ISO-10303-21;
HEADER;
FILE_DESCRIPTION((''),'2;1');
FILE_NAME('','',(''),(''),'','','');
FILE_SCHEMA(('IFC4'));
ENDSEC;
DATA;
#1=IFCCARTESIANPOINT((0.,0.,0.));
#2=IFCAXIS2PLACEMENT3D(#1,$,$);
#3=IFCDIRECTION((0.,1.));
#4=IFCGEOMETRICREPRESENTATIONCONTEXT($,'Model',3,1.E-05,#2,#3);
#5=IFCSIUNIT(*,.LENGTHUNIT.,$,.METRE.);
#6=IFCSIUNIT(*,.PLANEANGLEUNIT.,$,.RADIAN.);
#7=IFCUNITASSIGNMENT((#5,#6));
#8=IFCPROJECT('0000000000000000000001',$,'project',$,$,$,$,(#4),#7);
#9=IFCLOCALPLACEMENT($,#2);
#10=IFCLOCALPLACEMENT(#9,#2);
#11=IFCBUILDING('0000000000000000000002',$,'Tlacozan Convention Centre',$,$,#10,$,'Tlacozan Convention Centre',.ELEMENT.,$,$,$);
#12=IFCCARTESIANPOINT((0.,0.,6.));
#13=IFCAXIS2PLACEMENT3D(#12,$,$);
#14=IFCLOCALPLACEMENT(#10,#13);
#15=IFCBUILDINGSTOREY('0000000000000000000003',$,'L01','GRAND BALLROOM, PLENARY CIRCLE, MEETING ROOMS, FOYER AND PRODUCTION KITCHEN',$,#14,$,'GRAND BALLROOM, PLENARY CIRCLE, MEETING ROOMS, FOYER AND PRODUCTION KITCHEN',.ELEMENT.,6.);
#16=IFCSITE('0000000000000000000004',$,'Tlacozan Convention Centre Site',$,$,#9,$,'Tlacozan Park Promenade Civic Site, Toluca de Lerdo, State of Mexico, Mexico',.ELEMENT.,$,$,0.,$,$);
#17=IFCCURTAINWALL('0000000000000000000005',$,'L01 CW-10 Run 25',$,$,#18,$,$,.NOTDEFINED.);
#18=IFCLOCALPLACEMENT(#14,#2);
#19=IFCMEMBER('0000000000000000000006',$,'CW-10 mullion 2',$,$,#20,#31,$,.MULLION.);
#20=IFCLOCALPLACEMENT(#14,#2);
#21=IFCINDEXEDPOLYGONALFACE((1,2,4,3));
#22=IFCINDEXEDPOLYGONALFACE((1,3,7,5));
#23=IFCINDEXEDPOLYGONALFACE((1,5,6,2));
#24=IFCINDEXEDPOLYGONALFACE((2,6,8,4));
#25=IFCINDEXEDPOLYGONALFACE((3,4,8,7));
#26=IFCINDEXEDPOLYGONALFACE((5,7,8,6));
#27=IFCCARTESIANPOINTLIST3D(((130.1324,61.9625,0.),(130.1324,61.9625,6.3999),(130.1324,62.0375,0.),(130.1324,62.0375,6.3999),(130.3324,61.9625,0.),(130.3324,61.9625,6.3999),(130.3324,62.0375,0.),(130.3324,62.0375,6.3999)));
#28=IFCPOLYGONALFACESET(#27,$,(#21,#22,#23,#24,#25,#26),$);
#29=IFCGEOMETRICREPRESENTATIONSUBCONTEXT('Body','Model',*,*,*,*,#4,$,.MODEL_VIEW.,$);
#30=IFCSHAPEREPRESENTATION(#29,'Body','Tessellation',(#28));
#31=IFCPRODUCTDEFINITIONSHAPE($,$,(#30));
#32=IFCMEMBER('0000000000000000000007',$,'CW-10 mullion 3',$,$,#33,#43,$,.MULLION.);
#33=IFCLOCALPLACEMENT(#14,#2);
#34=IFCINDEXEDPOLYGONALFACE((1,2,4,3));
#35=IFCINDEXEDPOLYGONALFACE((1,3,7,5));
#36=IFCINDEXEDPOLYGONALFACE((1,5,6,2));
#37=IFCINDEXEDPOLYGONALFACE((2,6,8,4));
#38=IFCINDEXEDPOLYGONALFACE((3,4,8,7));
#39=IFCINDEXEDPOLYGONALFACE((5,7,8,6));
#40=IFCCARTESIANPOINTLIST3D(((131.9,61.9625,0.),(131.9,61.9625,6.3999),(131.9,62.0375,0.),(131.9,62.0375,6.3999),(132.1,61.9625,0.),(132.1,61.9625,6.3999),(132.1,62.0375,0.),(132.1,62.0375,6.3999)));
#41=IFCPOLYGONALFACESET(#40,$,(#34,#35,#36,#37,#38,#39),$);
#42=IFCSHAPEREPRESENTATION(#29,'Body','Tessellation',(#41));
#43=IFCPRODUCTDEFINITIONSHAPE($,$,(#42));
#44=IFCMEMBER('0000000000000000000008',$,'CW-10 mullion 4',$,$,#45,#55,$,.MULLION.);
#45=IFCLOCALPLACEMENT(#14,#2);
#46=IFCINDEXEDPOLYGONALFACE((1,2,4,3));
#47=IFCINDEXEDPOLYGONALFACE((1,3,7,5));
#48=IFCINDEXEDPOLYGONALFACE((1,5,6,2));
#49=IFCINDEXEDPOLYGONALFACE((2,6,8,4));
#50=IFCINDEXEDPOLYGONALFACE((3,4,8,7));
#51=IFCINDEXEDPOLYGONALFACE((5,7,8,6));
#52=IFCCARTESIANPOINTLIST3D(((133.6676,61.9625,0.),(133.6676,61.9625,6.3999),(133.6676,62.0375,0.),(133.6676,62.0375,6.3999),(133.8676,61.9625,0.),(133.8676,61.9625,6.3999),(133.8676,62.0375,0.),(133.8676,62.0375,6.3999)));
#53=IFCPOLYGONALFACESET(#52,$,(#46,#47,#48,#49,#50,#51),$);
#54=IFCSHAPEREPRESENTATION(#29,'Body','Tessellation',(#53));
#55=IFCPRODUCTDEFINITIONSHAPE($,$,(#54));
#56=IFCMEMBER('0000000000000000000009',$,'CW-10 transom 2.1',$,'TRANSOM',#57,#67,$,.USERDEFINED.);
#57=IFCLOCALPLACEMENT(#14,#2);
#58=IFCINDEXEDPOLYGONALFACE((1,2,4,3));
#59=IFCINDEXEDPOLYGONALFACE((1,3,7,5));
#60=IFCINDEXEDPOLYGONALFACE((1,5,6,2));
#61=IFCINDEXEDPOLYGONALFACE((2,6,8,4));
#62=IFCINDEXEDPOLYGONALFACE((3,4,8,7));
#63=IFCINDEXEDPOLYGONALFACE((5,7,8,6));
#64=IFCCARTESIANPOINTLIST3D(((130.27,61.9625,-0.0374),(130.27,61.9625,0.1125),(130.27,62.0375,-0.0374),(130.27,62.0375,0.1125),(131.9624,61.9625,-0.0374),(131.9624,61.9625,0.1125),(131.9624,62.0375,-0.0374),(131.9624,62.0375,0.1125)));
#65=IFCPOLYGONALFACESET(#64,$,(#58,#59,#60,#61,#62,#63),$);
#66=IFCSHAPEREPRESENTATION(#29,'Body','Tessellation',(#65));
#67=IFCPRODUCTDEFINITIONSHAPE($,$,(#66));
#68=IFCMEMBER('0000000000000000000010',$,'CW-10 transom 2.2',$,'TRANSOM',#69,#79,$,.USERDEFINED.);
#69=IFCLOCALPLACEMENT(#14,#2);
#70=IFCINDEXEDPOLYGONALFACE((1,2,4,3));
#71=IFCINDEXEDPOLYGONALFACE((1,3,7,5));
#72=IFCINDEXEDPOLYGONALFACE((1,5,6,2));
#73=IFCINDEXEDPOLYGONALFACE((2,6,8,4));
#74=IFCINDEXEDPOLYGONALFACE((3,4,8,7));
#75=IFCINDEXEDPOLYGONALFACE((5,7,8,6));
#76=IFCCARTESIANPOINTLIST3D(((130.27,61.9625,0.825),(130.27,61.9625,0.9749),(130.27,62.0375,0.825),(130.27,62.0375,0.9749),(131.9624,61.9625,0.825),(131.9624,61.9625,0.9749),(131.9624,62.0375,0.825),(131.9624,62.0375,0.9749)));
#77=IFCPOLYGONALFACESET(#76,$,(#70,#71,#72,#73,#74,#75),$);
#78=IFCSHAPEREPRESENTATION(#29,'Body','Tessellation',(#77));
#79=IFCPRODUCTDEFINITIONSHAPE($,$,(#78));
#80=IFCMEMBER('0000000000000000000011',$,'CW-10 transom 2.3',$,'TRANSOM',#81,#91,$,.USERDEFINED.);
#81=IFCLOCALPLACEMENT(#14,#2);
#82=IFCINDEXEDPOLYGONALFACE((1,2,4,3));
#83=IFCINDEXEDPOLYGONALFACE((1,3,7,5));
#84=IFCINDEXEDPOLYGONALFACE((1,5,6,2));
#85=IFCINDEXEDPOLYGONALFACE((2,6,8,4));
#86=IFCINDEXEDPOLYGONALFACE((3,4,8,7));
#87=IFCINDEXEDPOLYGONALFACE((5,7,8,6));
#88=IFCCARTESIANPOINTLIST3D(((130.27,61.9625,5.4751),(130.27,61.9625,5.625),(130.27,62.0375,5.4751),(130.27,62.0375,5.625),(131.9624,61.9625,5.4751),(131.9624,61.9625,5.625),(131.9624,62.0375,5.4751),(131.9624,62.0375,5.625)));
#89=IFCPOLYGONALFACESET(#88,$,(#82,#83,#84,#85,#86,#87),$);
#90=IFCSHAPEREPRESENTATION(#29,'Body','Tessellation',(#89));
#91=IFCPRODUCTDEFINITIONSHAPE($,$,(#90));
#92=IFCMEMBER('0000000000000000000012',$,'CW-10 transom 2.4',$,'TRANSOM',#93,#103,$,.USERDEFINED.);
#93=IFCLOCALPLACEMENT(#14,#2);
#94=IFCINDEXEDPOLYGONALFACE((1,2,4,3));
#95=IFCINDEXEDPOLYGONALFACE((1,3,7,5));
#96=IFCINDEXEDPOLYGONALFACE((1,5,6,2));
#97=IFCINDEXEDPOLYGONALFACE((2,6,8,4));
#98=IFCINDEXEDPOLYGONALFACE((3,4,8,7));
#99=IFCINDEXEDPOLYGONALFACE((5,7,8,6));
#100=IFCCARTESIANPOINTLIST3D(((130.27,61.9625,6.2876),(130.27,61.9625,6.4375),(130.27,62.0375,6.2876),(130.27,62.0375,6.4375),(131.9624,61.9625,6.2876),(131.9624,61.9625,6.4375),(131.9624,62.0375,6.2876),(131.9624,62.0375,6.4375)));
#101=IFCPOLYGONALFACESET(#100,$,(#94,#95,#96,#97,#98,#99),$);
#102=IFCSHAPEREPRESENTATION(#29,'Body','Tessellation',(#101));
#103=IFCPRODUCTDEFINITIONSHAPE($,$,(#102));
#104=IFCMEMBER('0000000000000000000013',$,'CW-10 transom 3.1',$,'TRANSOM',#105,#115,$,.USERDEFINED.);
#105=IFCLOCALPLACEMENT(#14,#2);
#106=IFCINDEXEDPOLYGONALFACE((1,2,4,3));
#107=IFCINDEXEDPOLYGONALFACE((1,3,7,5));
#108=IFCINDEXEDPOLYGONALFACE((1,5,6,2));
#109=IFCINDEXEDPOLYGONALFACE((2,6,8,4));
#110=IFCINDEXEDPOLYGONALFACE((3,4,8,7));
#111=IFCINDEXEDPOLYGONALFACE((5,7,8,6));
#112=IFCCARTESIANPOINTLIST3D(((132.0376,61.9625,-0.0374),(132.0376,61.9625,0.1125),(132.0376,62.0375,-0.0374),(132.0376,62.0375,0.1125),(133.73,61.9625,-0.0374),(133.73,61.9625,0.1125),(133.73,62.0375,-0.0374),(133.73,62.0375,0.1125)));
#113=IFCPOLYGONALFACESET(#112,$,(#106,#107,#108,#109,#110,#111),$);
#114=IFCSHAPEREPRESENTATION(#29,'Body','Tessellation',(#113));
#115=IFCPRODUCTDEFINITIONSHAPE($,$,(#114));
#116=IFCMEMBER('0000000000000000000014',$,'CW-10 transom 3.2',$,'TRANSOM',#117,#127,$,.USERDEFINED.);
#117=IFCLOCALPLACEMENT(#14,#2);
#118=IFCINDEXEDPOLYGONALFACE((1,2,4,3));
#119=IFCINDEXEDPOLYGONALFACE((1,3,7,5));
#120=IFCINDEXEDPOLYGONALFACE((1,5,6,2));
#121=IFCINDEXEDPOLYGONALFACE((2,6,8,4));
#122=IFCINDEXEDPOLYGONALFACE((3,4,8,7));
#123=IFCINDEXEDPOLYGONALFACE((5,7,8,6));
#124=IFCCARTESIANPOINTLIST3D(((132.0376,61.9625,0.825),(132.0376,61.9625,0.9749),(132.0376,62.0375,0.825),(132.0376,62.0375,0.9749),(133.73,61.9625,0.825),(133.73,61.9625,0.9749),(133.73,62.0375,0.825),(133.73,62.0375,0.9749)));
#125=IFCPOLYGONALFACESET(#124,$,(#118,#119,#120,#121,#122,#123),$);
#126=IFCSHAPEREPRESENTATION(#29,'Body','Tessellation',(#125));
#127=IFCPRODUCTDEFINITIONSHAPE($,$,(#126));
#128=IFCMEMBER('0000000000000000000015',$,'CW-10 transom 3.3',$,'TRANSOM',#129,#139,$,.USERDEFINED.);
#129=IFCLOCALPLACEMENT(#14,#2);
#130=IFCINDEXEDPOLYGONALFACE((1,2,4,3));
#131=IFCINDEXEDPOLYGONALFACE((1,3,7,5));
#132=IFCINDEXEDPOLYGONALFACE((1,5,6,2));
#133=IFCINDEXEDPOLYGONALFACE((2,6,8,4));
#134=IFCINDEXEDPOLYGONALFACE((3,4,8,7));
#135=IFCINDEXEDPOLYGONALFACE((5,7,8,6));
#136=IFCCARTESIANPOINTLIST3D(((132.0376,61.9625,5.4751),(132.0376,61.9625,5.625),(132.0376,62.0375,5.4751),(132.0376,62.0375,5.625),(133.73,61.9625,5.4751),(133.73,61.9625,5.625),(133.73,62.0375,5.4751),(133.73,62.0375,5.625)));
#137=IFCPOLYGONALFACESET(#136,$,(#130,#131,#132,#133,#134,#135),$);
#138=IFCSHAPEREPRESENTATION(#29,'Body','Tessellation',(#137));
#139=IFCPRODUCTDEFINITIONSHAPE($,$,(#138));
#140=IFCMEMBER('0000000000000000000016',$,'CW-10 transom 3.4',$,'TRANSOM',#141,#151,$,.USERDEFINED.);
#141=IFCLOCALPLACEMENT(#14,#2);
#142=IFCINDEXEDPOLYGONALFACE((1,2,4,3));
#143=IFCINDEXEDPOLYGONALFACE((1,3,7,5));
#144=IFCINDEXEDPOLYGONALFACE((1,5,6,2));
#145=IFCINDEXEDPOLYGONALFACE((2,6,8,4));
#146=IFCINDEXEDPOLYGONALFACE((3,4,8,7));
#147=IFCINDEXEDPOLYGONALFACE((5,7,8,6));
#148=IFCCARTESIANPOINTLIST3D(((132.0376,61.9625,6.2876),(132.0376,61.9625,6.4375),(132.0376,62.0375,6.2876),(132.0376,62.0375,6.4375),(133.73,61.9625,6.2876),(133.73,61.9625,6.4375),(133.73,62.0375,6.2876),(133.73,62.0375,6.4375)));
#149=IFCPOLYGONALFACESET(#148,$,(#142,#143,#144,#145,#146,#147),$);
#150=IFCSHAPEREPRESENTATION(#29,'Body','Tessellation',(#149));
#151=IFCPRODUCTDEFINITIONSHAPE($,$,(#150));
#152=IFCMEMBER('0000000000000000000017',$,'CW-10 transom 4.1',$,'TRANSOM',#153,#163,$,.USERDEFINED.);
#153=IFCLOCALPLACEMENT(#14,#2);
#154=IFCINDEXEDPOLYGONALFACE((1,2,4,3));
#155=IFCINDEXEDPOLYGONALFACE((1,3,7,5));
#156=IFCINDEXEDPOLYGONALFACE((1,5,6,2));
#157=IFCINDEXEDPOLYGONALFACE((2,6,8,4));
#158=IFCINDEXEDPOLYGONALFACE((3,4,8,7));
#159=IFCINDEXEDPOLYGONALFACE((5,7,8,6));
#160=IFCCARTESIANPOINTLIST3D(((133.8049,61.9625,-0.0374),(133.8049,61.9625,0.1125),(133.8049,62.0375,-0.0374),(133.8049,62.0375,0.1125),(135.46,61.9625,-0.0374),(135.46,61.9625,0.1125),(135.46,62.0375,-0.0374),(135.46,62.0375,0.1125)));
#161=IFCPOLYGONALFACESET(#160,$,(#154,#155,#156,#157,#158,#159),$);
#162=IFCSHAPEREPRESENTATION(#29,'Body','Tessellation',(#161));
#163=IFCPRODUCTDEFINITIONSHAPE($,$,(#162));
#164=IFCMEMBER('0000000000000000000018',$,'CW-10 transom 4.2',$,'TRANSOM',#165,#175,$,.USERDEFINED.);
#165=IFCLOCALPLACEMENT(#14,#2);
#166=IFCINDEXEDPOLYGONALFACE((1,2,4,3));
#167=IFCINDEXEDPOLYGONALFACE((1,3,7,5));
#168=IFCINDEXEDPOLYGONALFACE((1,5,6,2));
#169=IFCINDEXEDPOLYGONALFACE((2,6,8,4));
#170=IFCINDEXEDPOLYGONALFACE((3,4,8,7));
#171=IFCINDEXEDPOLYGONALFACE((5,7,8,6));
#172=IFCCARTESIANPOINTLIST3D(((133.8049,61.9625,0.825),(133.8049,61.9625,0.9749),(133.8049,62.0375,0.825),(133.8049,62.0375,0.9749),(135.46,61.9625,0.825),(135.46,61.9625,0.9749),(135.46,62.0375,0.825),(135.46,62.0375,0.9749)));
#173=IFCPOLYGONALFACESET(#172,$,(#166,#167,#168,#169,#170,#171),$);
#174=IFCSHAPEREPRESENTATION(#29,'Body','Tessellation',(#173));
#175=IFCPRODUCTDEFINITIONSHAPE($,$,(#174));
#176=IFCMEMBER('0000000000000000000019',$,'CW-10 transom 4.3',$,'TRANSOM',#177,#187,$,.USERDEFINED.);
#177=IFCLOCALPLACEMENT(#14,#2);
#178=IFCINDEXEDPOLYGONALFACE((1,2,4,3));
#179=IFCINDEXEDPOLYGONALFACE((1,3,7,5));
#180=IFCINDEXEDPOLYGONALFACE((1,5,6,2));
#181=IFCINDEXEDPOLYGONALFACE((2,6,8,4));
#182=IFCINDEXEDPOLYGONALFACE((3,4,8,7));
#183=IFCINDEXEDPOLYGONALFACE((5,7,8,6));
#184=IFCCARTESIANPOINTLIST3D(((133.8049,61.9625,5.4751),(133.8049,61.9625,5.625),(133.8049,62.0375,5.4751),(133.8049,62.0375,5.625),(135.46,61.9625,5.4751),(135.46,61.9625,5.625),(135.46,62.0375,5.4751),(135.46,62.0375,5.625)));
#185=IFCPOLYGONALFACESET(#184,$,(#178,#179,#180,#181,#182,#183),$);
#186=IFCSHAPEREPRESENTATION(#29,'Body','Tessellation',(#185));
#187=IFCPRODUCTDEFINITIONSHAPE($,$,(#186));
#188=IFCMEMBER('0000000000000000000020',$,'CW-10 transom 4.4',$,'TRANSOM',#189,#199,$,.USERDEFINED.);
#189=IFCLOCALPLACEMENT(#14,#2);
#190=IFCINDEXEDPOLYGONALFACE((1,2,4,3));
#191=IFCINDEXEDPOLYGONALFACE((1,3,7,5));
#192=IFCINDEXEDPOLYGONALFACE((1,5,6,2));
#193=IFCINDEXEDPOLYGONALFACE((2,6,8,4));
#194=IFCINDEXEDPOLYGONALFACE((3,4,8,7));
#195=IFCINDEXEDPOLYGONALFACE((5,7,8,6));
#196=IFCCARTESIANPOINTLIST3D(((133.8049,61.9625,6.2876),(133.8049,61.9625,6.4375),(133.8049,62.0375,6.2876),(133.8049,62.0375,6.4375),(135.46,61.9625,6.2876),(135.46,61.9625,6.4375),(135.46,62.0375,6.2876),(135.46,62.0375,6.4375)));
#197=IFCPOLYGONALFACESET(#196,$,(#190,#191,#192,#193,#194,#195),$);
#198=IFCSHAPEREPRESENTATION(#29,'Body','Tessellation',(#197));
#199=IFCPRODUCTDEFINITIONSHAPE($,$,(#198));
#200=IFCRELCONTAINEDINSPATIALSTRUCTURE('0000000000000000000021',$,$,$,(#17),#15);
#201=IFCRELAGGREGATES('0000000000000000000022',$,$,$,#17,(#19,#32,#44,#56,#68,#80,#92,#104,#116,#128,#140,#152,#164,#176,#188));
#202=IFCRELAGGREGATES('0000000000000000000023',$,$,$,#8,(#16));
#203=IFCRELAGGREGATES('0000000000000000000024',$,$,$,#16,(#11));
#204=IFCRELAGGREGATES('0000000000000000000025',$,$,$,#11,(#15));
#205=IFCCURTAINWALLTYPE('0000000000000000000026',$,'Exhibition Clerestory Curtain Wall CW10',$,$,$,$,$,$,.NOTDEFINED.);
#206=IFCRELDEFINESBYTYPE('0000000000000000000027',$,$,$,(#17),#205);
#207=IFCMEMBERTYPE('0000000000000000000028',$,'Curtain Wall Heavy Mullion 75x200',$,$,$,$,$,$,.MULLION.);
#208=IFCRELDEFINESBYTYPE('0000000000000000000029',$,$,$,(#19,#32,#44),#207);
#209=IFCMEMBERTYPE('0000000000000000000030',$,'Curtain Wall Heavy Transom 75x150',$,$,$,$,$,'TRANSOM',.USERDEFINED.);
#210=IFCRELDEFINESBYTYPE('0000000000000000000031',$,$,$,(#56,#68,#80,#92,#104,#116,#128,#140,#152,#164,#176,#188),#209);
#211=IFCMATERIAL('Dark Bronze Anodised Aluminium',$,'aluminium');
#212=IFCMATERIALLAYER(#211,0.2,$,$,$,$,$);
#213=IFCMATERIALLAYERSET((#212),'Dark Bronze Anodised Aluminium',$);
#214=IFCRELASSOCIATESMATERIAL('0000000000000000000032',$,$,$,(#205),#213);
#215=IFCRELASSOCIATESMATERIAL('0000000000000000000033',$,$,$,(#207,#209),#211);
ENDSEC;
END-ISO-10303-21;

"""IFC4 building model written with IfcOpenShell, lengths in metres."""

from ifc_helpers import new_model, si_unit, direction, frame, origin, origin_2d, place, context, subcontext, project, spatial, rectangle, extrude, material, layer, layer_set, material_profile, profile_set, type_object, element, aggregate, save


model = new_model("IFC4")

# Units and contexts
model_context = context("Model", 3, precision=1e-05, world=origin(), true_north=direction((0.0, 1.0)))
body_context = subcontext(model_context, "Body", "Model", "MODEL_VIEW")
ifc_project = project(units=[si_unit("LENGTHUNIT", "METRE"), si_unit("PLANEANGLEUNIT", "RADIAN")], contexts=[model_context])

# Site, building, storey
site_placement = place(None, origin())
site = spatial("IfcSite", under=ifc_project, at=site_placement, Name="Tlacozan Convention Centre Site", LongName="Tlacozan Park Promenade Civic Site, Toluca de Lerdo, State of Mexico, Mexico", CompositionType="ELEMENT", RefElevation=0.0)
building_placement = place(site_placement, origin())
building = spatial("IfcBuilding", under=site, at=building_placement, Name="Tlacozan Convention Centre", LongName="Tlacozan Convention Centre", CompositionType="ELEMENT")
storey_placement = place(building_placement, frame((0.0, 0.0, 6.0)))
storey = spatial("IfcBuildingStorey", under=building, at=storey_placement, Name="L01", Description="GRAND BALLROOM, PLENARY CIRCLE, MEETING ROOMS, FOYER AND PRODUCTION KITCHEN", LongName="GRAND BALLROOM, PLENARY CIRCLE, MEETING ROOMS, FOYER AND PRODUCTION KITCHEN", CompositionType="ELEMENT", Elevation=6.0)

# Curtain wall, members
ifc_material_1 = material(Name="Dark Bronze Anodised Aluminium", Category="aluminium")
ifc_layer_1 = layer(ifc_material_1, 0.2)
ifc_layer_set_1 = layer_set([ifc_layer_1], Name="Dark Bronze Anodised Aluminium")
curtain_wall_type = type_object("IfcCurtainWallType", Name="Exhibition Clerestory Curtain Wall CW10", PredefinedType="NOTDEFINED", material=ifc_layer_set_1)
curtain_wall_placement = place(storey_placement, origin())
curtain_wall = element("IfcCurtainWall", 1, at=curtain_wall_placement, inside=storey, type_object=curtain_wall_type, Name="L01 CW-10 Run 25", PredefinedType="NOTDEFINED")
ifc_material_profile_1 = material_profile(ifc_material_1, rectangle(XDim=0.075, YDim=0.2, at=origin_2d()), Name="ALU 75x200")
ifc_profile_set_1 = profile_set([ifc_material_profile_1], Name="Dark Bronze Anodised Aluminium")
member_type_1 = type_object("IfcMemberType", Name="Curtain Wall Heavy Mullion 75x200", PredefinedType="MULLION", material=ifc_profile_set_1)
member_1_placement = place(storey_placement, frame((130.2324, 62.0, 0.0), z_axis=(0.0, 0.0, 1.0), x_axis=(0.0, 1.0, 0.0)))
member_1 = element("IfcMember", 2, at=member_1_placement, type_object=member_type_1, Name="CW-10 mullion 2", PredefinedType="MULLION", context=body_context, shape_type="SweptSolid", body=[
    extrude(rectangle(XDim=0.075, YDim=0.2, at=origin_2d()), origin(), (0.0, 0.0, 1.0), 6.3999),
])
member_2_placement = place(storey_placement, frame((132.0, 62.0, 0.0), z_axis=(0.0, 0.0, 1.0), x_axis=(0.0, 1.0, 0.0)))
member_2 = element("IfcMember", 3, at=member_2_placement, type_object=member_type_1, Name="CW-10 mullion 3", PredefinedType="MULLION", context=body_context, shape_type="SweptSolid", body=[
    extrude(rectangle(XDim=0.075, YDim=0.2, at=origin_2d()), origin(), (0.0, 0.0, 1.0), 6.3999),
])
member_3_placement = place(storey_placement, frame((133.7676, 62.0, 0.0), z_axis=(0.0, 0.0, 1.0), x_axis=(0.0, 1.0, 0.0)))
member_3 = element("IfcMember", 4, at=member_3_placement, type_object=member_type_1, Name="CW-10 mullion 4", PredefinedType="MULLION", context=body_context, shape_type="SweptSolid", body=[
    extrude(rectangle(XDim=0.075, YDim=0.2, at=origin_2d()), origin(), (0.0, 0.0, 1.0), 6.3999),
])
ifc_material_profile_2 = material_profile(ifc_material_1, rectangle(XDim=0.075, YDim=0.1499, at=origin_2d()), Name="ALU 75x150")
ifc_profile_set_2 = profile_set([ifc_material_profile_2], Name="Dark Bronze Anodised Aluminium")
member_type_2 = type_object("IfcMemberType", Name="Curtain Wall Heavy Transom 75x150", ElementType="TRANSOM", PredefinedType="USERDEFINED", material=ifc_profile_set_2)
member_4_placement = place(storey_placement, frame((130.27, 62.0, 0.0376), z_axis=(1.0, 0.0, 0.0), x_axis=(0.0, 1.0, 0.0)))
member_4 = element("IfcMember", 5, at=member_4_placement, type_object=member_type_2, Name="CW-10 transom 2.1", ObjectType="TRANSOM", PredefinedType="USERDEFINED", context=body_context, shape_type="SweptSolid", body=[
    extrude(rectangle(XDim=0.075, YDim=0.1499, at=origin_2d()), origin(), (0.0, 0.0, 1.0), 1.6924),
])
member_5_placement = place(storey_placement, frame((130.27, 62.0, 0.8999), z_axis=(1.0, 0.0, 0.0), x_axis=(0.0, 1.0, 0.0)))
member_5 = element("IfcMember", 6, at=member_5_placement, type_object=member_type_2, Name="CW-10 transom 2.2", ObjectType="TRANSOM", PredefinedType="USERDEFINED", context=body_context, shape_type="SweptSolid", body=[
    extrude(rectangle(XDim=0.075, YDim=0.1499, at=origin_2d()), origin(), (0.0, 0.0, 1.0), 1.6924),
])
member_6_placement = place(storey_placement, frame((130.27, 62.0, 5.55), z_axis=(1.0, 0.0, 0.0), x_axis=(0.0, 1.0, 0.0)))
member_6 = element("IfcMember", 7, at=member_6_placement, type_object=member_type_2, Name="CW-10 transom 2.3", ObjectType="TRANSOM", PredefinedType="USERDEFINED", context=body_context, shape_type="SweptSolid", body=[
    extrude(rectangle(XDim=0.075, YDim=0.1499, at=origin_2d()), origin(), (0.0, 0.0, 1.0), 1.6924),
])
member_7_placement = place(storey_placement, frame((130.27, 62.0, 6.3625), z_axis=(1.0, 0.0, 0.0), x_axis=(0.0, 1.0, 0.0)))
member_7 = element("IfcMember", 8, at=member_7_placement, type_object=member_type_2, Name="CW-10 transom 2.4", ObjectType="TRANSOM", PredefinedType="USERDEFINED", context=body_context, shape_type="SweptSolid", body=[
    extrude(rectangle(XDim=0.075, YDim=0.1499, at=origin_2d()), origin(), (0.0, 0.0, 1.0), 1.6924),
])
member_8_placement = place(storey_placement, frame((132.0376, 62.0, 0.0376), z_axis=(1.0, 0.0, 0.0), x_axis=(0.0, 1.0, 0.0)))
member_8 = element("IfcMember", 9, at=member_8_placement, type_object=member_type_2, Name="CW-10 transom 3.1", ObjectType="TRANSOM", PredefinedType="USERDEFINED", context=body_context, shape_type="SweptSolid", body=[
    extrude(rectangle(XDim=0.075, YDim=0.1499, at=origin_2d()), origin(), (0.0, 0.0, 1.0), 1.6924),
])
member_9_placement = place(storey_placement, frame((132.0376, 62.0, 0.8999), z_axis=(1.0, 0.0, 0.0), x_axis=(0.0, 1.0, 0.0)))
member_9 = element("IfcMember", 10, at=member_9_placement, type_object=member_type_2, Name="CW-10 transom 3.2", ObjectType="TRANSOM", PredefinedType="USERDEFINED", context=body_context, shape_type="SweptSolid", body=[
    extrude(rectangle(XDim=0.075, YDim=0.1499, at=origin_2d()), origin(), (0.0, 0.0, 1.0), 1.6924),
])
member_10_placement = place(storey_placement, frame((132.0376, 62.0, 5.55), z_axis=(1.0, 0.0, 0.0), x_axis=(0.0, 1.0, 0.0)))
member_10 = element("IfcMember", 11, at=member_10_placement, type_object=member_type_2, Name="CW-10 transom 3.3", ObjectType="TRANSOM", PredefinedType="USERDEFINED", context=body_context, shape_type="SweptSolid", body=[
    extrude(rectangle(XDim=0.075, YDim=0.1499, at=origin_2d()), origin(), (0.0, 0.0, 1.0), 1.6924),
])
member_11_placement = place(storey_placement, frame((132.0376, 62.0, 6.3625), z_axis=(1.0, 0.0, 0.0), x_axis=(0.0, 1.0, 0.0)))
member_11 = element("IfcMember", 12, at=member_11_placement, type_object=member_type_2, Name="CW-10 transom 3.4", ObjectType="TRANSOM", PredefinedType="USERDEFINED", context=body_context, shape_type="SweptSolid", body=[
    extrude(rectangle(XDim=0.075, YDim=0.1499, at=origin_2d()), origin(), (0.0, 0.0, 1.0), 1.6924),
])
member_12_placement = place(storey_placement, frame((133.8049, 62.0, 0.0376), z_axis=(1.0, 0.0, 0.0), x_axis=(0.0, 1.0, 0.0)))
member_12 = element("IfcMember", 13, at=member_12_placement, type_object=member_type_2, Name="CW-10 transom 4.1", ObjectType="TRANSOM", PredefinedType="USERDEFINED", context=body_context, shape_type="SweptSolid", body=[
    extrude(rectangle(XDim=0.075, YDim=0.1499, at=origin_2d()), origin(), (0.0, 0.0, 1.0), 1.655),
])
member_13_placement = place(storey_placement, frame((133.8049, 62.0, 0.8999), z_axis=(1.0, 0.0, 0.0), x_axis=(0.0, 1.0, 0.0)))
member_13 = element("IfcMember", 14, at=member_13_placement, type_object=member_type_2, Name="CW-10 transom 4.2", ObjectType="TRANSOM", PredefinedType="USERDEFINED", context=body_context, shape_type="SweptSolid", body=[
    extrude(rectangle(XDim=0.075, YDim=0.1499, at=origin_2d()), origin(), (0.0, 0.0, 1.0), 1.655),
])
member_14_placement = place(storey_placement, frame((133.8049, 62.0, 5.55), z_axis=(1.0, 0.0, 0.0), x_axis=(0.0, 1.0, 0.0)))
member_14 = element("IfcMember", 15, at=member_14_placement, type_object=member_type_2, Name="CW-10 transom 4.3", ObjectType="TRANSOM", PredefinedType="USERDEFINED", context=body_context, shape_type="SweptSolid", body=[
    extrude(rectangle(XDim=0.075, YDim=0.1499, at=origin_2d()), origin(), (0.0, 0.0, 1.0), 1.655),
])
member_15_placement = place(storey_placement, frame((133.8049, 62.0, 6.3625), z_axis=(1.0, 0.0, 0.0), x_axis=(0.0, 1.0, 0.0)))
member_15 = element("IfcMember", 16, at=member_15_placement, type_object=member_type_2, Name="CW-10 transom 4.4", ObjectType="TRANSOM", PredefinedType="USERDEFINED", context=body_context, shape_type="SweptSolid", body=[
    extrude(rectangle(XDim=0.075, YDim=0.1499, at=origin_2d()), origin(), (0.0, 0.0, 1.0), 1.655),
])
aggregate(curtain_wall, [member_1, member_2, member_3, member_4, member_5, member_6, member_7, member_8, member_9, member_10, member_11, member_12, member_13, member_14, member_15])

save(model, "model.ifc")
